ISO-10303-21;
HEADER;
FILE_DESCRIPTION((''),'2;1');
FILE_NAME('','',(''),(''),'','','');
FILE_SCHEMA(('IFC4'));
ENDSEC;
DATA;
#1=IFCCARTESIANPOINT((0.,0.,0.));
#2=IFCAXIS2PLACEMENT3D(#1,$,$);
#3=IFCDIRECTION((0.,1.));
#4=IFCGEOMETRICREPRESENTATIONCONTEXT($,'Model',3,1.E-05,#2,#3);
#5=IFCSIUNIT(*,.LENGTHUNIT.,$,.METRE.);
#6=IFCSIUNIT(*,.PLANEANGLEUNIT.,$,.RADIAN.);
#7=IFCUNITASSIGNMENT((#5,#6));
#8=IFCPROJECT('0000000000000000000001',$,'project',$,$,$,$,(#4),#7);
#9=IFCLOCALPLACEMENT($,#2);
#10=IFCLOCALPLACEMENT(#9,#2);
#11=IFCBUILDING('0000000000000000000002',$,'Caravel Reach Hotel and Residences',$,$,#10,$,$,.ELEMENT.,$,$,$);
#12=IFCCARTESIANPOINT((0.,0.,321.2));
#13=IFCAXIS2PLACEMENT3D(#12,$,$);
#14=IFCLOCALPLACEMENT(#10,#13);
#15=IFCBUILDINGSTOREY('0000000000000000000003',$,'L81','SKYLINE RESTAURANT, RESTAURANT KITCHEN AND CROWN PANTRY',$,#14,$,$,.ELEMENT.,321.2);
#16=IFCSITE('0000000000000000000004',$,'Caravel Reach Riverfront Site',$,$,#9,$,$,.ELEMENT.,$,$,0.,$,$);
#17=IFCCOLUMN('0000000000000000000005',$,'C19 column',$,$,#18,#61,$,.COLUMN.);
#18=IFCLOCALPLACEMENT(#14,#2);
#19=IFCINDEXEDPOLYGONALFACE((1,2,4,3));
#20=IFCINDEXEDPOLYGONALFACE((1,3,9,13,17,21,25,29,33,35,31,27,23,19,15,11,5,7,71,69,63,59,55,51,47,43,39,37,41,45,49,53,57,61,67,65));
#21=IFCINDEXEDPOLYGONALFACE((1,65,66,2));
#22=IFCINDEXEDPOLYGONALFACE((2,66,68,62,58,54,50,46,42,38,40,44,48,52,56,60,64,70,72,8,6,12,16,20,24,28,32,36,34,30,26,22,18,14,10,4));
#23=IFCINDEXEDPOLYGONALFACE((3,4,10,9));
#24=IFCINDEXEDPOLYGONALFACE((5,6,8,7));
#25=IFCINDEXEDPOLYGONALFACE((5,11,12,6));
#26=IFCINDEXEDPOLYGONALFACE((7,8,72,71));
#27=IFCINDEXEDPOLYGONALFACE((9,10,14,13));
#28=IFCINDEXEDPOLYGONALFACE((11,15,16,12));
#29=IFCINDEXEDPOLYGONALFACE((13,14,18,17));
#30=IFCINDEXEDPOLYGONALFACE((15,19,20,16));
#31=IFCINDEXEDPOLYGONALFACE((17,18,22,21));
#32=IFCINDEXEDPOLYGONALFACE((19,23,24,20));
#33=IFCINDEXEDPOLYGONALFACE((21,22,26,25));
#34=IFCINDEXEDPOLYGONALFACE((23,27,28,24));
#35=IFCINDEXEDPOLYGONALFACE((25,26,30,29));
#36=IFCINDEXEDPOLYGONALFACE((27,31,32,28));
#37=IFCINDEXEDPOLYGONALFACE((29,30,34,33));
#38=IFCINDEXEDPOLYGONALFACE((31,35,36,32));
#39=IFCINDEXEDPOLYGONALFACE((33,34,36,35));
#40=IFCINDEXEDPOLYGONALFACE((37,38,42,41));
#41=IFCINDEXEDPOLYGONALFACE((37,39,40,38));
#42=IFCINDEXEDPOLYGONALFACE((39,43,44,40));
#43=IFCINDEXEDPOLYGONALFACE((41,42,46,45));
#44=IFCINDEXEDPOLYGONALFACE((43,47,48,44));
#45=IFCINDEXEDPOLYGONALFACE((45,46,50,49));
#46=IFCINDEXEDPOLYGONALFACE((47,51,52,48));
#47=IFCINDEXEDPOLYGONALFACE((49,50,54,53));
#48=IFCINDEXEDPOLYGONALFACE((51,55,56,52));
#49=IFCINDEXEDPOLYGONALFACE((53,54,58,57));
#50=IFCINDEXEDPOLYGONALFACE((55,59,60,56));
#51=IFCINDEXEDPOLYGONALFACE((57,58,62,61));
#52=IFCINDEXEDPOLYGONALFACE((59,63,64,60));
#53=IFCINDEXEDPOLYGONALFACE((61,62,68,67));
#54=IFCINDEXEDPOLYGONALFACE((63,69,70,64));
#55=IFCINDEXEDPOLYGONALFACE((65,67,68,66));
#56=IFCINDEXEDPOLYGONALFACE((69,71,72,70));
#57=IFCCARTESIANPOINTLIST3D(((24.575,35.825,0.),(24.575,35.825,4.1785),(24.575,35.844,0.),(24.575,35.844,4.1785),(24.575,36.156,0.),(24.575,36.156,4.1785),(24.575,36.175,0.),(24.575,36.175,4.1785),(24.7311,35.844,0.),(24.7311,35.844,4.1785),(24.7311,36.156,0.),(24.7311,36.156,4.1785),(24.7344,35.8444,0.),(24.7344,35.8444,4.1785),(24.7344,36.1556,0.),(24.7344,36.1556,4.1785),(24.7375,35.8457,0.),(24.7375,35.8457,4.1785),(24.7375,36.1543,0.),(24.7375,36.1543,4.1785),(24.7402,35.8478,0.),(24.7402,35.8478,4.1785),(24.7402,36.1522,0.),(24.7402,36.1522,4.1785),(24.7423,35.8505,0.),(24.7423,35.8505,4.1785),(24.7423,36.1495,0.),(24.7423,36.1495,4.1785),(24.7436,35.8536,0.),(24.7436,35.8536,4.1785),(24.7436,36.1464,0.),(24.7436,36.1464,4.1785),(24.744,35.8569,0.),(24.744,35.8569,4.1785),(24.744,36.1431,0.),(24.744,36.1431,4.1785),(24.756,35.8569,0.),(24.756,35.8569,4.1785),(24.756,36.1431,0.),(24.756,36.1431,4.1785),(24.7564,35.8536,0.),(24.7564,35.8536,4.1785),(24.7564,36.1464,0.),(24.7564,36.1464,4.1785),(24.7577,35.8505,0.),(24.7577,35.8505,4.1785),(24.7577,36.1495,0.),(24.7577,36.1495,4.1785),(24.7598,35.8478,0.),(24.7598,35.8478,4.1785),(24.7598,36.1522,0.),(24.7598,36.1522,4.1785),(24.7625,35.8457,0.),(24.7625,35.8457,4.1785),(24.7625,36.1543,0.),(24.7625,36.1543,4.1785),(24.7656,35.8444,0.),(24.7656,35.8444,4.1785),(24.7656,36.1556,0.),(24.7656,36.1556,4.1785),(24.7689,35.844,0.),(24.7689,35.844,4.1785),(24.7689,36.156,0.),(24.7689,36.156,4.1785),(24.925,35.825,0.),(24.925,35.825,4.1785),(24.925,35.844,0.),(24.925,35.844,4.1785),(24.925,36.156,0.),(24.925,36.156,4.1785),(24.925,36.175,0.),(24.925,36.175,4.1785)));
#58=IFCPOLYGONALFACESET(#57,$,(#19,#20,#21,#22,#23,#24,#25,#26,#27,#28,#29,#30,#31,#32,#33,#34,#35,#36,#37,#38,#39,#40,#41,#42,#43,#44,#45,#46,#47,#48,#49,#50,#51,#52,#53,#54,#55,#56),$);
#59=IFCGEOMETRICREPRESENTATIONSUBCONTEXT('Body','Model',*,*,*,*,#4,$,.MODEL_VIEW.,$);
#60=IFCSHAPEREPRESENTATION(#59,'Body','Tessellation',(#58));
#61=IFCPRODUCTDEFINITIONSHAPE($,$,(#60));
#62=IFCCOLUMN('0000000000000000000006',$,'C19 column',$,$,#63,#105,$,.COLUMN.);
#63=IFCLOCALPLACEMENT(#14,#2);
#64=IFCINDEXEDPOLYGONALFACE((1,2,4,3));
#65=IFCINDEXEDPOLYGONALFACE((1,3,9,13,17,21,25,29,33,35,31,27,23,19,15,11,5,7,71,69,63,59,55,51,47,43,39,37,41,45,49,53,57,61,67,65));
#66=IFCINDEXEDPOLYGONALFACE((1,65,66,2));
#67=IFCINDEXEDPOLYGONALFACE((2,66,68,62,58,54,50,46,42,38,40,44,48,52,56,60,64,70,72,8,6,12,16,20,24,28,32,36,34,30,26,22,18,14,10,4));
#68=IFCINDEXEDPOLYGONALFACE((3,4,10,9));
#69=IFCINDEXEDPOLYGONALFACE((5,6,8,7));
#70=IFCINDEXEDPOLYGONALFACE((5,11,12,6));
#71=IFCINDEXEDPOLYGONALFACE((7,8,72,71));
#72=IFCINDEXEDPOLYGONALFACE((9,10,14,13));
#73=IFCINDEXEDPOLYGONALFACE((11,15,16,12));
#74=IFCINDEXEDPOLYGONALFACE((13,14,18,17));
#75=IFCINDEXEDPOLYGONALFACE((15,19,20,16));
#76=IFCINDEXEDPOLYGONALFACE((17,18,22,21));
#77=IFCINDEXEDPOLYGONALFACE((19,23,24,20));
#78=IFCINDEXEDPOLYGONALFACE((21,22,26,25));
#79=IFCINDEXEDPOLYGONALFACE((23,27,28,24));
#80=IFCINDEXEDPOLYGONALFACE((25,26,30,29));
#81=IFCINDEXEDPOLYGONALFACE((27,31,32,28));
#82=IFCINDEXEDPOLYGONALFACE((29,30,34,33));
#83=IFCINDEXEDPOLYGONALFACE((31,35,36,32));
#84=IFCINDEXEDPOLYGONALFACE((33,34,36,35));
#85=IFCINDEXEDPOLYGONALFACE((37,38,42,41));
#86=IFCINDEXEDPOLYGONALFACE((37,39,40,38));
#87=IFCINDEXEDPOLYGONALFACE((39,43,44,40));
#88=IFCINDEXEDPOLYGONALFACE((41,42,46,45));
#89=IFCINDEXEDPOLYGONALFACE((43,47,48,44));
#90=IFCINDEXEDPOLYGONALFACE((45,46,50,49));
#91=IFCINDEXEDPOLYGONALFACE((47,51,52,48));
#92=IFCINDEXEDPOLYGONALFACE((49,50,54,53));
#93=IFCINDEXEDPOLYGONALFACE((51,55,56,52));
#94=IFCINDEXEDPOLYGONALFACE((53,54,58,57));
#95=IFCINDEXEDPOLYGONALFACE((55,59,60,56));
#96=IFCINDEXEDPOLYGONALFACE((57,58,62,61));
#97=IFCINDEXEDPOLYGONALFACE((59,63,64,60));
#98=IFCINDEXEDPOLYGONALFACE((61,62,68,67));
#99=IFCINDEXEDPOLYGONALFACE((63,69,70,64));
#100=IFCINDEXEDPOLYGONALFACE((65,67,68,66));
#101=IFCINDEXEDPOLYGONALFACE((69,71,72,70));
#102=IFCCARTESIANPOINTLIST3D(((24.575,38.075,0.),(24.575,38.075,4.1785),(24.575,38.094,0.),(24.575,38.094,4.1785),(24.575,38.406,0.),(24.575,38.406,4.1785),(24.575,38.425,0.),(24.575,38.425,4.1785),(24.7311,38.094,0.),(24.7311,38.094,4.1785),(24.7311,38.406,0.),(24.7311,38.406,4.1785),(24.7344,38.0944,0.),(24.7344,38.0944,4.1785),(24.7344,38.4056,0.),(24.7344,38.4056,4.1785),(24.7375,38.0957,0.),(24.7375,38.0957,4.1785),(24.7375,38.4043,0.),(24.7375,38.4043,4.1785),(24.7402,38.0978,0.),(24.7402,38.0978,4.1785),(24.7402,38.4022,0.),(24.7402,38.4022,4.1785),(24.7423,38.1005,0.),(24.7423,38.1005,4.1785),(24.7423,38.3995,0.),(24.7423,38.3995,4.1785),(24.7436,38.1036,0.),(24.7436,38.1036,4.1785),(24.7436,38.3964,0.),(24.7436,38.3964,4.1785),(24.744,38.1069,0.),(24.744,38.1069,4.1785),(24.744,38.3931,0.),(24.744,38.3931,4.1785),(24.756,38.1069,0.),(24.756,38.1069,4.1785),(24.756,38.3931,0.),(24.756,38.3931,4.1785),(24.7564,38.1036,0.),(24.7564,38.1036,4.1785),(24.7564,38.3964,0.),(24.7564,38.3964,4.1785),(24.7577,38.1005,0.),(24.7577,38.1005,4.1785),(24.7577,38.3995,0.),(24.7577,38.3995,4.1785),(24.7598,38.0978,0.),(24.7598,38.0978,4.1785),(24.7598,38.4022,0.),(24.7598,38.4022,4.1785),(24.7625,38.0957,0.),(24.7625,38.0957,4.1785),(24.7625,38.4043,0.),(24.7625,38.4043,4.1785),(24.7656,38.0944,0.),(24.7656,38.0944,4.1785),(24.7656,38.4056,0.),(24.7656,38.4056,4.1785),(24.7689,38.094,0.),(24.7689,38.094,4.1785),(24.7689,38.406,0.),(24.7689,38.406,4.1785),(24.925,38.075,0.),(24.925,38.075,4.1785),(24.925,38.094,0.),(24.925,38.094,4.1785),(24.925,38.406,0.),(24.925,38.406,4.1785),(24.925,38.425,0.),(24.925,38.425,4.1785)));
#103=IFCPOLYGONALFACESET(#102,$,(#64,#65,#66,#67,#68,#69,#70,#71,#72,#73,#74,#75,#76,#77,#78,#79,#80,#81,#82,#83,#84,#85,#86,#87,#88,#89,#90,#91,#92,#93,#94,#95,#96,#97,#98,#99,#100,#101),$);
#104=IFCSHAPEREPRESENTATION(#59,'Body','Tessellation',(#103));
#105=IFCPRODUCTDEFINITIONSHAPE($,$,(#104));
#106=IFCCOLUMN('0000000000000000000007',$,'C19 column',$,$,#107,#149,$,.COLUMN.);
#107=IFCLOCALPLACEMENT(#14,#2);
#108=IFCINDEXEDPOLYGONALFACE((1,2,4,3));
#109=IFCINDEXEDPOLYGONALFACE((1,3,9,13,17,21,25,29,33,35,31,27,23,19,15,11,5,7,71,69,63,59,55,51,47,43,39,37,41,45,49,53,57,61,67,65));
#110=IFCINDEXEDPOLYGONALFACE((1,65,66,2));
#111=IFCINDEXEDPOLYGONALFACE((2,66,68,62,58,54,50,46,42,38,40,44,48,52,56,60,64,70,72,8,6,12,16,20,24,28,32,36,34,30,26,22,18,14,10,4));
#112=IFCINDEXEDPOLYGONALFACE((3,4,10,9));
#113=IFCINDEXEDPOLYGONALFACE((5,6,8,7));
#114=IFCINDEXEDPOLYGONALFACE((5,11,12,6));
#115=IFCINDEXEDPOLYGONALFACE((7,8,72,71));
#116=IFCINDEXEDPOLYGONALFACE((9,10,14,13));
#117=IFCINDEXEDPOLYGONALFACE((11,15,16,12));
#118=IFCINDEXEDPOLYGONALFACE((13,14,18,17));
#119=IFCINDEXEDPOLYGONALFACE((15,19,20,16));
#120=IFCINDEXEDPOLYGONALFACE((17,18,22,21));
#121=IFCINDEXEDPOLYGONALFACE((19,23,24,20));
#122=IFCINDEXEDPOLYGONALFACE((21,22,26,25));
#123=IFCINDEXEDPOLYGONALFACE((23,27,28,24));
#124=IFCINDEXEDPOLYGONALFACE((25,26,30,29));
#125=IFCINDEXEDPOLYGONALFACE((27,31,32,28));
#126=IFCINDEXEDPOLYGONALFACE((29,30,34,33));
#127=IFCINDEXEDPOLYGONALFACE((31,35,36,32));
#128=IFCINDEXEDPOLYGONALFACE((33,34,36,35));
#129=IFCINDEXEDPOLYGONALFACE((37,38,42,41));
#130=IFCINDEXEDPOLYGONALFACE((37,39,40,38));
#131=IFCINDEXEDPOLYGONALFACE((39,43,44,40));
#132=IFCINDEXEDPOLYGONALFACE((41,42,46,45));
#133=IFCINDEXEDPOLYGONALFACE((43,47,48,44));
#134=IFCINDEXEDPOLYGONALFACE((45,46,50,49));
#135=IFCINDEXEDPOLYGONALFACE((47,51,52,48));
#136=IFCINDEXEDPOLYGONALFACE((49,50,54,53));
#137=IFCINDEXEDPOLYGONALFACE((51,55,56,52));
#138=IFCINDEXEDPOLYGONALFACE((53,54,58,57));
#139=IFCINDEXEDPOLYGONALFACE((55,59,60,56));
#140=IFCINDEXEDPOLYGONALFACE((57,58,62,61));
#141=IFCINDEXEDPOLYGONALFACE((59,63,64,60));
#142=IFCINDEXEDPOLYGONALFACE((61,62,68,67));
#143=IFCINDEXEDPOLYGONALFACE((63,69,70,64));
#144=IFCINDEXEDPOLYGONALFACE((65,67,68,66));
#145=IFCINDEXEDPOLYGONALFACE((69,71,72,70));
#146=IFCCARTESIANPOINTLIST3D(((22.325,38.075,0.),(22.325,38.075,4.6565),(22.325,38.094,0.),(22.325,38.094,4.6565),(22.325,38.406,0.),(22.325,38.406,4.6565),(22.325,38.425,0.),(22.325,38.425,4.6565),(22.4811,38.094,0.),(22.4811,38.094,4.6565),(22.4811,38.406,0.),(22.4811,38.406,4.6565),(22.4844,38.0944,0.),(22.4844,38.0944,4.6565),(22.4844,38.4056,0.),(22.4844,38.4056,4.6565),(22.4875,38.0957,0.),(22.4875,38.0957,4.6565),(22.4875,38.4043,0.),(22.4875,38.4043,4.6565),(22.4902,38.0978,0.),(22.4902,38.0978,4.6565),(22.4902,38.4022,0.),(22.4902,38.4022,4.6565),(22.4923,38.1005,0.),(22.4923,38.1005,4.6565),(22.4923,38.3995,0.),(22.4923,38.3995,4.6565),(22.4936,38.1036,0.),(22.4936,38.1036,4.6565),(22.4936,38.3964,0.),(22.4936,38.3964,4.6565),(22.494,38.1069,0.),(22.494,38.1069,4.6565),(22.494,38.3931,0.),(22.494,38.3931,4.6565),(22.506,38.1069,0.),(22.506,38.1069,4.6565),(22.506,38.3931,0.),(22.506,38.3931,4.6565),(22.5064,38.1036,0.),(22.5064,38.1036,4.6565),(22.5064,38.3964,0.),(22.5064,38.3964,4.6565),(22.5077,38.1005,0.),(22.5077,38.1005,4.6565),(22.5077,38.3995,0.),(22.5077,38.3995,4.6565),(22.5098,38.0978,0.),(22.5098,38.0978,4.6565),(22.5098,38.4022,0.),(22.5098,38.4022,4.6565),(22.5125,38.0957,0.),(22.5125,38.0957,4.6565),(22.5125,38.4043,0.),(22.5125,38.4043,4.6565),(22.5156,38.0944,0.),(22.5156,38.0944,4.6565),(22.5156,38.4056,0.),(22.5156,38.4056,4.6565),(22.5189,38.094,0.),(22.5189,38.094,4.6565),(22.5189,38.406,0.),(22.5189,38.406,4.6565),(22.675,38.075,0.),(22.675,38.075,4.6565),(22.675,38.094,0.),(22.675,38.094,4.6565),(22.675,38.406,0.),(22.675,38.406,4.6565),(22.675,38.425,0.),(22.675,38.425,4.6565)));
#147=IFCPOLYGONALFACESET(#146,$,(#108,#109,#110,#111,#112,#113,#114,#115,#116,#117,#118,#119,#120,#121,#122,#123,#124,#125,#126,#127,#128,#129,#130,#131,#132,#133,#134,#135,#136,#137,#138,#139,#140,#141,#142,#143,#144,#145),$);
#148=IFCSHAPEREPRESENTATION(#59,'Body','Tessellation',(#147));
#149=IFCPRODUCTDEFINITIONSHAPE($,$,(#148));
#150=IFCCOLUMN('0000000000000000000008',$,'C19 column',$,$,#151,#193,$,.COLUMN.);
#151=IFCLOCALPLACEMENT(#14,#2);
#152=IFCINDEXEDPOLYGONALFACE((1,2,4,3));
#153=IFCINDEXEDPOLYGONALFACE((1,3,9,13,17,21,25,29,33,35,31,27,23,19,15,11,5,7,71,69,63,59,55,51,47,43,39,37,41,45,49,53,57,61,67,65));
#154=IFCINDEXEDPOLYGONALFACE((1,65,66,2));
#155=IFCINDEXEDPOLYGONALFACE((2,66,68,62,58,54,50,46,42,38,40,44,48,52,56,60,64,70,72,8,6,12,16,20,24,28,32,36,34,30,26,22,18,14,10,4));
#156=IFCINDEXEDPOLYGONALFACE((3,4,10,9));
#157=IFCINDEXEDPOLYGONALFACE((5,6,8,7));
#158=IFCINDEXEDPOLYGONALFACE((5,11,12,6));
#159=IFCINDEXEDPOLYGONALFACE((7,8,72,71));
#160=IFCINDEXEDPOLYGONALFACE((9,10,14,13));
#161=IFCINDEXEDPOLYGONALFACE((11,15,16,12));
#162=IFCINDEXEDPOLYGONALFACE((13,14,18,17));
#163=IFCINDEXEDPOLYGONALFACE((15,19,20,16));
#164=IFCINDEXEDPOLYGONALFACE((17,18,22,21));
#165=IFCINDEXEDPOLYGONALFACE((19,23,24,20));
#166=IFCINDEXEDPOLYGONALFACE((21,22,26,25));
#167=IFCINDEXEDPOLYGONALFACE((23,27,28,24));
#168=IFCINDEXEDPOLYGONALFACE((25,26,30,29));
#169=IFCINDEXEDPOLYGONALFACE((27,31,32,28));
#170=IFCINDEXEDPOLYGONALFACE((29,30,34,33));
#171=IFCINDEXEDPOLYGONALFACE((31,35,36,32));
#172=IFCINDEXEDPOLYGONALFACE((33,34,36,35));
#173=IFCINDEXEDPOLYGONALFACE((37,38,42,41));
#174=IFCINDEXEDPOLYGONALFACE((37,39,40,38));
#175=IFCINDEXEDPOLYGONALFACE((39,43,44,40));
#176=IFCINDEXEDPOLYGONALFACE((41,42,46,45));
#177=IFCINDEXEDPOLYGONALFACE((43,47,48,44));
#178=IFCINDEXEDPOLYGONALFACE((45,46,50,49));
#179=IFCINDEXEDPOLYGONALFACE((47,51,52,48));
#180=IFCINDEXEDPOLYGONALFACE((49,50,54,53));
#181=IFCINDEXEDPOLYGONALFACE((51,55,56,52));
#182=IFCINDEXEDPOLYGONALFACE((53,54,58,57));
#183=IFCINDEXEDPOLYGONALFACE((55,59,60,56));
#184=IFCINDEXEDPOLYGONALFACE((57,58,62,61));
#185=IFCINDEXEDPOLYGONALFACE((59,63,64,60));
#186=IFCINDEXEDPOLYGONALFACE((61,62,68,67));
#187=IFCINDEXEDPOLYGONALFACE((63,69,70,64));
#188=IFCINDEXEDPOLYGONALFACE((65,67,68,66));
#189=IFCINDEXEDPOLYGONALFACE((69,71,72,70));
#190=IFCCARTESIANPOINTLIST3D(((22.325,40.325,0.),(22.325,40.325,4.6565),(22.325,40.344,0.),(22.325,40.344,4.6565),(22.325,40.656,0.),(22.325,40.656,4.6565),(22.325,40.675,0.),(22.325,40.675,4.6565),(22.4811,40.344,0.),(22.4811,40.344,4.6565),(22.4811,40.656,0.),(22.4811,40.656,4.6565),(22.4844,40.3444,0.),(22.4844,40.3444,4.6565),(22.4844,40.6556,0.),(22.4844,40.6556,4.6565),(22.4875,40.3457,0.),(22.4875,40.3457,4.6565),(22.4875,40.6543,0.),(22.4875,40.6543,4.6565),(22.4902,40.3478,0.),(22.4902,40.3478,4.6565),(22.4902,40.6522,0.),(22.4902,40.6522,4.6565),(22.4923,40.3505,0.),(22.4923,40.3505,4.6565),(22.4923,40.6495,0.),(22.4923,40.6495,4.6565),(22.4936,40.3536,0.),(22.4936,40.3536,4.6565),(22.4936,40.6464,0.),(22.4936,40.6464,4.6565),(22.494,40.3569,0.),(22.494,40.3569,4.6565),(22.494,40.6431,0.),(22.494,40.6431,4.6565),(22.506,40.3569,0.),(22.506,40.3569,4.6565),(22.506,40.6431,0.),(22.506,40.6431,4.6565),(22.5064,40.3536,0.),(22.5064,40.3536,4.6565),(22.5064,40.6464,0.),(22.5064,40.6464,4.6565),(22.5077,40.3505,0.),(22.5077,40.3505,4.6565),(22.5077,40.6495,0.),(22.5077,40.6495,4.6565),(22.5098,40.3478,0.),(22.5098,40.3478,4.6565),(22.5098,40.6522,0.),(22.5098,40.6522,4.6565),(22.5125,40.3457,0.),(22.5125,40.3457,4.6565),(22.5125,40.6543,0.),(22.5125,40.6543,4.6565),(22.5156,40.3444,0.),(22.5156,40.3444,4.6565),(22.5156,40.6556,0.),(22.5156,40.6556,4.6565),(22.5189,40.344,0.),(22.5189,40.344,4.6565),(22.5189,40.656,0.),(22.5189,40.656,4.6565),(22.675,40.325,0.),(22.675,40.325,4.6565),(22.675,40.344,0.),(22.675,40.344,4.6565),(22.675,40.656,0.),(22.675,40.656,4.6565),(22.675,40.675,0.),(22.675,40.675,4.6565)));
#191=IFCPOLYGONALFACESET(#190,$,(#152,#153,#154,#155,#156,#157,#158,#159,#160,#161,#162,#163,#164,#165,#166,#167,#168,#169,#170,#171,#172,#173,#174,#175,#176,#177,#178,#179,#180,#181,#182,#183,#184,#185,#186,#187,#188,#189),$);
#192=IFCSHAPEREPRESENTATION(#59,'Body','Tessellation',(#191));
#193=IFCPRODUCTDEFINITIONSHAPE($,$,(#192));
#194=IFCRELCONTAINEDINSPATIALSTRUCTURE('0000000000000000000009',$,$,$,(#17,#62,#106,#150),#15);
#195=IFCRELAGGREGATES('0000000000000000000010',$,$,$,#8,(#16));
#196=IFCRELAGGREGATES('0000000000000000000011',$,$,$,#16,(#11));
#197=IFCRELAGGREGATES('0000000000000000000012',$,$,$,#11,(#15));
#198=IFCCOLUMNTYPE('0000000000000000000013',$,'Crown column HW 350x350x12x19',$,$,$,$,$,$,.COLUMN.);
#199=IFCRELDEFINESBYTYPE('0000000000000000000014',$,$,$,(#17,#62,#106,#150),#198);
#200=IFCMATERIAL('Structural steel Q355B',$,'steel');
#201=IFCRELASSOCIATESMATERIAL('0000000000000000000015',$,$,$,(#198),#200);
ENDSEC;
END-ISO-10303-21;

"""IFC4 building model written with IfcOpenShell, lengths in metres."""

from ifc_helpers import new_model, si_unit, direction, frame, origin, origin_2d, place, context, subcontext, project, spatial, i_section, extrude, material, material_profile, profile_set, type_object, element, save


model = new_model("IFC4")

# Units and contexts
model_context = context("Model", 3, precision=1e-05, world=origin(), true_north=direction((0.0, 1.0)))
body_context = subcontext(model_context, "Body", "Model", "MODEL_VIEW")
ifc_project = project(units=[si_unit("LENGTHUNIT", "METRE"), si_unit("PLANEANGLEUNIT", "RADIAN")], contexts=[model_context])

# Site, building, storey
site_placement = place(None, origin())
site = spatial("IfcSite", under=ifc_project, at=site_placement, Name="Caravel Reach Riverfront Site", CompositionType="ELEMENT", RefElevation=0.0)
building_placement = place(site_placement, origin())
building = spatial("IfcBuilding", under=site, at=building_placement, Name="Caravel Reach Hotel and Residences", CompositionType="ELEMENT")
storey_placement = place(building_placement, frame((0.0, 0.0, 321.2)))
storey = spatial("IfcBuildingStorey", under=building, at=storey_placement, Name="L81", Description="SKYLINE RESTAURANT, RESTAURANT KITCHEN AND CROWN PANTRY", CompositionType="ELEMENT", Elevation=321.2)

# Columns
ifc_material_1 = material(Name="Structural steel Q355B", Category="steel")
ifc_material_profile_1 = material_profile(ifc_material_1, i_section(OverallWidth=0.3501, OverallDepth=0.3501, WebThickness=0.012, FlangeThickness=0.019, FilletRadius=0.0129, at=origin_2d()), Name="HW 350x350x12x19")
ifc_profile_set_1 = profile_set([ifc_material_profile_1], Name="Structural steel Q355B")
column_type = type_object("IfcColumnType", Name="Crown column HW 350x350x12x19", PredefinedType="COLUMN", material=ifc_profile_set_1)
for number, where, z_axis, x_axis, name in (
    (1, (24.75, 36.0, 0.0), (0.0, 0.0, 1.0), (1.0, 0.0, 0.0), "C19 column"),
    (2, (24.75, 38.25, 0.0), (0.0, 0.0, 1.0), (1.0, 0.0, 0.0), "C19 column"),
):
    element("IfcColumn", number, at=place(storey_placement, frame(where, z_axis=z_axis, x_axis=x_axis)), inside=storey, type_object=column_type, Name=name, PredefinedType="COLUMN", context=body_context, shape_type="SweptSolid", body=[
        extrude(i_section(OverallWidth=0.3501, OverallDepth=0.3501, WebThickness=0.012, FlangeThickness=0.019, FilletRadius=0.0129, at=origin_2d()), origin(), (0.0, 0.0, 1.0), 4.1785),
    ])
for number, where, z_axis, x_axis, name in (
    (3, (22.5, 38.25, 0.0), (0.0, 0.0, 1.0), (1.0, 0.0, 0.0), "C19 column"),
    (4, (22.5, 40.5, 0.0), (0.0, 0.0, 1.0), (1.0, 0.0, 0.0), "C19 column"),
):
    element("IfcColumn", number, at=place(storey_placement, frame(where, z_axis=z_axis, x_axis=x_axis)), inside=storey, type_object=column_type, Name=name, PredefinedType="COLUMN", context=body_context, shape_type="SweptSolid", body=[
        extrude(i_section(OverallWidth=0.3501, OverallDepth=0.3501, WebThickness=0.012, FlangeThickness=0.019, FilletRadius=0.0129, at=origin_2d()), origin(), (0.0, 0.0, 1.0), 4.6565),
    ])

save(model, "model.ifc")
